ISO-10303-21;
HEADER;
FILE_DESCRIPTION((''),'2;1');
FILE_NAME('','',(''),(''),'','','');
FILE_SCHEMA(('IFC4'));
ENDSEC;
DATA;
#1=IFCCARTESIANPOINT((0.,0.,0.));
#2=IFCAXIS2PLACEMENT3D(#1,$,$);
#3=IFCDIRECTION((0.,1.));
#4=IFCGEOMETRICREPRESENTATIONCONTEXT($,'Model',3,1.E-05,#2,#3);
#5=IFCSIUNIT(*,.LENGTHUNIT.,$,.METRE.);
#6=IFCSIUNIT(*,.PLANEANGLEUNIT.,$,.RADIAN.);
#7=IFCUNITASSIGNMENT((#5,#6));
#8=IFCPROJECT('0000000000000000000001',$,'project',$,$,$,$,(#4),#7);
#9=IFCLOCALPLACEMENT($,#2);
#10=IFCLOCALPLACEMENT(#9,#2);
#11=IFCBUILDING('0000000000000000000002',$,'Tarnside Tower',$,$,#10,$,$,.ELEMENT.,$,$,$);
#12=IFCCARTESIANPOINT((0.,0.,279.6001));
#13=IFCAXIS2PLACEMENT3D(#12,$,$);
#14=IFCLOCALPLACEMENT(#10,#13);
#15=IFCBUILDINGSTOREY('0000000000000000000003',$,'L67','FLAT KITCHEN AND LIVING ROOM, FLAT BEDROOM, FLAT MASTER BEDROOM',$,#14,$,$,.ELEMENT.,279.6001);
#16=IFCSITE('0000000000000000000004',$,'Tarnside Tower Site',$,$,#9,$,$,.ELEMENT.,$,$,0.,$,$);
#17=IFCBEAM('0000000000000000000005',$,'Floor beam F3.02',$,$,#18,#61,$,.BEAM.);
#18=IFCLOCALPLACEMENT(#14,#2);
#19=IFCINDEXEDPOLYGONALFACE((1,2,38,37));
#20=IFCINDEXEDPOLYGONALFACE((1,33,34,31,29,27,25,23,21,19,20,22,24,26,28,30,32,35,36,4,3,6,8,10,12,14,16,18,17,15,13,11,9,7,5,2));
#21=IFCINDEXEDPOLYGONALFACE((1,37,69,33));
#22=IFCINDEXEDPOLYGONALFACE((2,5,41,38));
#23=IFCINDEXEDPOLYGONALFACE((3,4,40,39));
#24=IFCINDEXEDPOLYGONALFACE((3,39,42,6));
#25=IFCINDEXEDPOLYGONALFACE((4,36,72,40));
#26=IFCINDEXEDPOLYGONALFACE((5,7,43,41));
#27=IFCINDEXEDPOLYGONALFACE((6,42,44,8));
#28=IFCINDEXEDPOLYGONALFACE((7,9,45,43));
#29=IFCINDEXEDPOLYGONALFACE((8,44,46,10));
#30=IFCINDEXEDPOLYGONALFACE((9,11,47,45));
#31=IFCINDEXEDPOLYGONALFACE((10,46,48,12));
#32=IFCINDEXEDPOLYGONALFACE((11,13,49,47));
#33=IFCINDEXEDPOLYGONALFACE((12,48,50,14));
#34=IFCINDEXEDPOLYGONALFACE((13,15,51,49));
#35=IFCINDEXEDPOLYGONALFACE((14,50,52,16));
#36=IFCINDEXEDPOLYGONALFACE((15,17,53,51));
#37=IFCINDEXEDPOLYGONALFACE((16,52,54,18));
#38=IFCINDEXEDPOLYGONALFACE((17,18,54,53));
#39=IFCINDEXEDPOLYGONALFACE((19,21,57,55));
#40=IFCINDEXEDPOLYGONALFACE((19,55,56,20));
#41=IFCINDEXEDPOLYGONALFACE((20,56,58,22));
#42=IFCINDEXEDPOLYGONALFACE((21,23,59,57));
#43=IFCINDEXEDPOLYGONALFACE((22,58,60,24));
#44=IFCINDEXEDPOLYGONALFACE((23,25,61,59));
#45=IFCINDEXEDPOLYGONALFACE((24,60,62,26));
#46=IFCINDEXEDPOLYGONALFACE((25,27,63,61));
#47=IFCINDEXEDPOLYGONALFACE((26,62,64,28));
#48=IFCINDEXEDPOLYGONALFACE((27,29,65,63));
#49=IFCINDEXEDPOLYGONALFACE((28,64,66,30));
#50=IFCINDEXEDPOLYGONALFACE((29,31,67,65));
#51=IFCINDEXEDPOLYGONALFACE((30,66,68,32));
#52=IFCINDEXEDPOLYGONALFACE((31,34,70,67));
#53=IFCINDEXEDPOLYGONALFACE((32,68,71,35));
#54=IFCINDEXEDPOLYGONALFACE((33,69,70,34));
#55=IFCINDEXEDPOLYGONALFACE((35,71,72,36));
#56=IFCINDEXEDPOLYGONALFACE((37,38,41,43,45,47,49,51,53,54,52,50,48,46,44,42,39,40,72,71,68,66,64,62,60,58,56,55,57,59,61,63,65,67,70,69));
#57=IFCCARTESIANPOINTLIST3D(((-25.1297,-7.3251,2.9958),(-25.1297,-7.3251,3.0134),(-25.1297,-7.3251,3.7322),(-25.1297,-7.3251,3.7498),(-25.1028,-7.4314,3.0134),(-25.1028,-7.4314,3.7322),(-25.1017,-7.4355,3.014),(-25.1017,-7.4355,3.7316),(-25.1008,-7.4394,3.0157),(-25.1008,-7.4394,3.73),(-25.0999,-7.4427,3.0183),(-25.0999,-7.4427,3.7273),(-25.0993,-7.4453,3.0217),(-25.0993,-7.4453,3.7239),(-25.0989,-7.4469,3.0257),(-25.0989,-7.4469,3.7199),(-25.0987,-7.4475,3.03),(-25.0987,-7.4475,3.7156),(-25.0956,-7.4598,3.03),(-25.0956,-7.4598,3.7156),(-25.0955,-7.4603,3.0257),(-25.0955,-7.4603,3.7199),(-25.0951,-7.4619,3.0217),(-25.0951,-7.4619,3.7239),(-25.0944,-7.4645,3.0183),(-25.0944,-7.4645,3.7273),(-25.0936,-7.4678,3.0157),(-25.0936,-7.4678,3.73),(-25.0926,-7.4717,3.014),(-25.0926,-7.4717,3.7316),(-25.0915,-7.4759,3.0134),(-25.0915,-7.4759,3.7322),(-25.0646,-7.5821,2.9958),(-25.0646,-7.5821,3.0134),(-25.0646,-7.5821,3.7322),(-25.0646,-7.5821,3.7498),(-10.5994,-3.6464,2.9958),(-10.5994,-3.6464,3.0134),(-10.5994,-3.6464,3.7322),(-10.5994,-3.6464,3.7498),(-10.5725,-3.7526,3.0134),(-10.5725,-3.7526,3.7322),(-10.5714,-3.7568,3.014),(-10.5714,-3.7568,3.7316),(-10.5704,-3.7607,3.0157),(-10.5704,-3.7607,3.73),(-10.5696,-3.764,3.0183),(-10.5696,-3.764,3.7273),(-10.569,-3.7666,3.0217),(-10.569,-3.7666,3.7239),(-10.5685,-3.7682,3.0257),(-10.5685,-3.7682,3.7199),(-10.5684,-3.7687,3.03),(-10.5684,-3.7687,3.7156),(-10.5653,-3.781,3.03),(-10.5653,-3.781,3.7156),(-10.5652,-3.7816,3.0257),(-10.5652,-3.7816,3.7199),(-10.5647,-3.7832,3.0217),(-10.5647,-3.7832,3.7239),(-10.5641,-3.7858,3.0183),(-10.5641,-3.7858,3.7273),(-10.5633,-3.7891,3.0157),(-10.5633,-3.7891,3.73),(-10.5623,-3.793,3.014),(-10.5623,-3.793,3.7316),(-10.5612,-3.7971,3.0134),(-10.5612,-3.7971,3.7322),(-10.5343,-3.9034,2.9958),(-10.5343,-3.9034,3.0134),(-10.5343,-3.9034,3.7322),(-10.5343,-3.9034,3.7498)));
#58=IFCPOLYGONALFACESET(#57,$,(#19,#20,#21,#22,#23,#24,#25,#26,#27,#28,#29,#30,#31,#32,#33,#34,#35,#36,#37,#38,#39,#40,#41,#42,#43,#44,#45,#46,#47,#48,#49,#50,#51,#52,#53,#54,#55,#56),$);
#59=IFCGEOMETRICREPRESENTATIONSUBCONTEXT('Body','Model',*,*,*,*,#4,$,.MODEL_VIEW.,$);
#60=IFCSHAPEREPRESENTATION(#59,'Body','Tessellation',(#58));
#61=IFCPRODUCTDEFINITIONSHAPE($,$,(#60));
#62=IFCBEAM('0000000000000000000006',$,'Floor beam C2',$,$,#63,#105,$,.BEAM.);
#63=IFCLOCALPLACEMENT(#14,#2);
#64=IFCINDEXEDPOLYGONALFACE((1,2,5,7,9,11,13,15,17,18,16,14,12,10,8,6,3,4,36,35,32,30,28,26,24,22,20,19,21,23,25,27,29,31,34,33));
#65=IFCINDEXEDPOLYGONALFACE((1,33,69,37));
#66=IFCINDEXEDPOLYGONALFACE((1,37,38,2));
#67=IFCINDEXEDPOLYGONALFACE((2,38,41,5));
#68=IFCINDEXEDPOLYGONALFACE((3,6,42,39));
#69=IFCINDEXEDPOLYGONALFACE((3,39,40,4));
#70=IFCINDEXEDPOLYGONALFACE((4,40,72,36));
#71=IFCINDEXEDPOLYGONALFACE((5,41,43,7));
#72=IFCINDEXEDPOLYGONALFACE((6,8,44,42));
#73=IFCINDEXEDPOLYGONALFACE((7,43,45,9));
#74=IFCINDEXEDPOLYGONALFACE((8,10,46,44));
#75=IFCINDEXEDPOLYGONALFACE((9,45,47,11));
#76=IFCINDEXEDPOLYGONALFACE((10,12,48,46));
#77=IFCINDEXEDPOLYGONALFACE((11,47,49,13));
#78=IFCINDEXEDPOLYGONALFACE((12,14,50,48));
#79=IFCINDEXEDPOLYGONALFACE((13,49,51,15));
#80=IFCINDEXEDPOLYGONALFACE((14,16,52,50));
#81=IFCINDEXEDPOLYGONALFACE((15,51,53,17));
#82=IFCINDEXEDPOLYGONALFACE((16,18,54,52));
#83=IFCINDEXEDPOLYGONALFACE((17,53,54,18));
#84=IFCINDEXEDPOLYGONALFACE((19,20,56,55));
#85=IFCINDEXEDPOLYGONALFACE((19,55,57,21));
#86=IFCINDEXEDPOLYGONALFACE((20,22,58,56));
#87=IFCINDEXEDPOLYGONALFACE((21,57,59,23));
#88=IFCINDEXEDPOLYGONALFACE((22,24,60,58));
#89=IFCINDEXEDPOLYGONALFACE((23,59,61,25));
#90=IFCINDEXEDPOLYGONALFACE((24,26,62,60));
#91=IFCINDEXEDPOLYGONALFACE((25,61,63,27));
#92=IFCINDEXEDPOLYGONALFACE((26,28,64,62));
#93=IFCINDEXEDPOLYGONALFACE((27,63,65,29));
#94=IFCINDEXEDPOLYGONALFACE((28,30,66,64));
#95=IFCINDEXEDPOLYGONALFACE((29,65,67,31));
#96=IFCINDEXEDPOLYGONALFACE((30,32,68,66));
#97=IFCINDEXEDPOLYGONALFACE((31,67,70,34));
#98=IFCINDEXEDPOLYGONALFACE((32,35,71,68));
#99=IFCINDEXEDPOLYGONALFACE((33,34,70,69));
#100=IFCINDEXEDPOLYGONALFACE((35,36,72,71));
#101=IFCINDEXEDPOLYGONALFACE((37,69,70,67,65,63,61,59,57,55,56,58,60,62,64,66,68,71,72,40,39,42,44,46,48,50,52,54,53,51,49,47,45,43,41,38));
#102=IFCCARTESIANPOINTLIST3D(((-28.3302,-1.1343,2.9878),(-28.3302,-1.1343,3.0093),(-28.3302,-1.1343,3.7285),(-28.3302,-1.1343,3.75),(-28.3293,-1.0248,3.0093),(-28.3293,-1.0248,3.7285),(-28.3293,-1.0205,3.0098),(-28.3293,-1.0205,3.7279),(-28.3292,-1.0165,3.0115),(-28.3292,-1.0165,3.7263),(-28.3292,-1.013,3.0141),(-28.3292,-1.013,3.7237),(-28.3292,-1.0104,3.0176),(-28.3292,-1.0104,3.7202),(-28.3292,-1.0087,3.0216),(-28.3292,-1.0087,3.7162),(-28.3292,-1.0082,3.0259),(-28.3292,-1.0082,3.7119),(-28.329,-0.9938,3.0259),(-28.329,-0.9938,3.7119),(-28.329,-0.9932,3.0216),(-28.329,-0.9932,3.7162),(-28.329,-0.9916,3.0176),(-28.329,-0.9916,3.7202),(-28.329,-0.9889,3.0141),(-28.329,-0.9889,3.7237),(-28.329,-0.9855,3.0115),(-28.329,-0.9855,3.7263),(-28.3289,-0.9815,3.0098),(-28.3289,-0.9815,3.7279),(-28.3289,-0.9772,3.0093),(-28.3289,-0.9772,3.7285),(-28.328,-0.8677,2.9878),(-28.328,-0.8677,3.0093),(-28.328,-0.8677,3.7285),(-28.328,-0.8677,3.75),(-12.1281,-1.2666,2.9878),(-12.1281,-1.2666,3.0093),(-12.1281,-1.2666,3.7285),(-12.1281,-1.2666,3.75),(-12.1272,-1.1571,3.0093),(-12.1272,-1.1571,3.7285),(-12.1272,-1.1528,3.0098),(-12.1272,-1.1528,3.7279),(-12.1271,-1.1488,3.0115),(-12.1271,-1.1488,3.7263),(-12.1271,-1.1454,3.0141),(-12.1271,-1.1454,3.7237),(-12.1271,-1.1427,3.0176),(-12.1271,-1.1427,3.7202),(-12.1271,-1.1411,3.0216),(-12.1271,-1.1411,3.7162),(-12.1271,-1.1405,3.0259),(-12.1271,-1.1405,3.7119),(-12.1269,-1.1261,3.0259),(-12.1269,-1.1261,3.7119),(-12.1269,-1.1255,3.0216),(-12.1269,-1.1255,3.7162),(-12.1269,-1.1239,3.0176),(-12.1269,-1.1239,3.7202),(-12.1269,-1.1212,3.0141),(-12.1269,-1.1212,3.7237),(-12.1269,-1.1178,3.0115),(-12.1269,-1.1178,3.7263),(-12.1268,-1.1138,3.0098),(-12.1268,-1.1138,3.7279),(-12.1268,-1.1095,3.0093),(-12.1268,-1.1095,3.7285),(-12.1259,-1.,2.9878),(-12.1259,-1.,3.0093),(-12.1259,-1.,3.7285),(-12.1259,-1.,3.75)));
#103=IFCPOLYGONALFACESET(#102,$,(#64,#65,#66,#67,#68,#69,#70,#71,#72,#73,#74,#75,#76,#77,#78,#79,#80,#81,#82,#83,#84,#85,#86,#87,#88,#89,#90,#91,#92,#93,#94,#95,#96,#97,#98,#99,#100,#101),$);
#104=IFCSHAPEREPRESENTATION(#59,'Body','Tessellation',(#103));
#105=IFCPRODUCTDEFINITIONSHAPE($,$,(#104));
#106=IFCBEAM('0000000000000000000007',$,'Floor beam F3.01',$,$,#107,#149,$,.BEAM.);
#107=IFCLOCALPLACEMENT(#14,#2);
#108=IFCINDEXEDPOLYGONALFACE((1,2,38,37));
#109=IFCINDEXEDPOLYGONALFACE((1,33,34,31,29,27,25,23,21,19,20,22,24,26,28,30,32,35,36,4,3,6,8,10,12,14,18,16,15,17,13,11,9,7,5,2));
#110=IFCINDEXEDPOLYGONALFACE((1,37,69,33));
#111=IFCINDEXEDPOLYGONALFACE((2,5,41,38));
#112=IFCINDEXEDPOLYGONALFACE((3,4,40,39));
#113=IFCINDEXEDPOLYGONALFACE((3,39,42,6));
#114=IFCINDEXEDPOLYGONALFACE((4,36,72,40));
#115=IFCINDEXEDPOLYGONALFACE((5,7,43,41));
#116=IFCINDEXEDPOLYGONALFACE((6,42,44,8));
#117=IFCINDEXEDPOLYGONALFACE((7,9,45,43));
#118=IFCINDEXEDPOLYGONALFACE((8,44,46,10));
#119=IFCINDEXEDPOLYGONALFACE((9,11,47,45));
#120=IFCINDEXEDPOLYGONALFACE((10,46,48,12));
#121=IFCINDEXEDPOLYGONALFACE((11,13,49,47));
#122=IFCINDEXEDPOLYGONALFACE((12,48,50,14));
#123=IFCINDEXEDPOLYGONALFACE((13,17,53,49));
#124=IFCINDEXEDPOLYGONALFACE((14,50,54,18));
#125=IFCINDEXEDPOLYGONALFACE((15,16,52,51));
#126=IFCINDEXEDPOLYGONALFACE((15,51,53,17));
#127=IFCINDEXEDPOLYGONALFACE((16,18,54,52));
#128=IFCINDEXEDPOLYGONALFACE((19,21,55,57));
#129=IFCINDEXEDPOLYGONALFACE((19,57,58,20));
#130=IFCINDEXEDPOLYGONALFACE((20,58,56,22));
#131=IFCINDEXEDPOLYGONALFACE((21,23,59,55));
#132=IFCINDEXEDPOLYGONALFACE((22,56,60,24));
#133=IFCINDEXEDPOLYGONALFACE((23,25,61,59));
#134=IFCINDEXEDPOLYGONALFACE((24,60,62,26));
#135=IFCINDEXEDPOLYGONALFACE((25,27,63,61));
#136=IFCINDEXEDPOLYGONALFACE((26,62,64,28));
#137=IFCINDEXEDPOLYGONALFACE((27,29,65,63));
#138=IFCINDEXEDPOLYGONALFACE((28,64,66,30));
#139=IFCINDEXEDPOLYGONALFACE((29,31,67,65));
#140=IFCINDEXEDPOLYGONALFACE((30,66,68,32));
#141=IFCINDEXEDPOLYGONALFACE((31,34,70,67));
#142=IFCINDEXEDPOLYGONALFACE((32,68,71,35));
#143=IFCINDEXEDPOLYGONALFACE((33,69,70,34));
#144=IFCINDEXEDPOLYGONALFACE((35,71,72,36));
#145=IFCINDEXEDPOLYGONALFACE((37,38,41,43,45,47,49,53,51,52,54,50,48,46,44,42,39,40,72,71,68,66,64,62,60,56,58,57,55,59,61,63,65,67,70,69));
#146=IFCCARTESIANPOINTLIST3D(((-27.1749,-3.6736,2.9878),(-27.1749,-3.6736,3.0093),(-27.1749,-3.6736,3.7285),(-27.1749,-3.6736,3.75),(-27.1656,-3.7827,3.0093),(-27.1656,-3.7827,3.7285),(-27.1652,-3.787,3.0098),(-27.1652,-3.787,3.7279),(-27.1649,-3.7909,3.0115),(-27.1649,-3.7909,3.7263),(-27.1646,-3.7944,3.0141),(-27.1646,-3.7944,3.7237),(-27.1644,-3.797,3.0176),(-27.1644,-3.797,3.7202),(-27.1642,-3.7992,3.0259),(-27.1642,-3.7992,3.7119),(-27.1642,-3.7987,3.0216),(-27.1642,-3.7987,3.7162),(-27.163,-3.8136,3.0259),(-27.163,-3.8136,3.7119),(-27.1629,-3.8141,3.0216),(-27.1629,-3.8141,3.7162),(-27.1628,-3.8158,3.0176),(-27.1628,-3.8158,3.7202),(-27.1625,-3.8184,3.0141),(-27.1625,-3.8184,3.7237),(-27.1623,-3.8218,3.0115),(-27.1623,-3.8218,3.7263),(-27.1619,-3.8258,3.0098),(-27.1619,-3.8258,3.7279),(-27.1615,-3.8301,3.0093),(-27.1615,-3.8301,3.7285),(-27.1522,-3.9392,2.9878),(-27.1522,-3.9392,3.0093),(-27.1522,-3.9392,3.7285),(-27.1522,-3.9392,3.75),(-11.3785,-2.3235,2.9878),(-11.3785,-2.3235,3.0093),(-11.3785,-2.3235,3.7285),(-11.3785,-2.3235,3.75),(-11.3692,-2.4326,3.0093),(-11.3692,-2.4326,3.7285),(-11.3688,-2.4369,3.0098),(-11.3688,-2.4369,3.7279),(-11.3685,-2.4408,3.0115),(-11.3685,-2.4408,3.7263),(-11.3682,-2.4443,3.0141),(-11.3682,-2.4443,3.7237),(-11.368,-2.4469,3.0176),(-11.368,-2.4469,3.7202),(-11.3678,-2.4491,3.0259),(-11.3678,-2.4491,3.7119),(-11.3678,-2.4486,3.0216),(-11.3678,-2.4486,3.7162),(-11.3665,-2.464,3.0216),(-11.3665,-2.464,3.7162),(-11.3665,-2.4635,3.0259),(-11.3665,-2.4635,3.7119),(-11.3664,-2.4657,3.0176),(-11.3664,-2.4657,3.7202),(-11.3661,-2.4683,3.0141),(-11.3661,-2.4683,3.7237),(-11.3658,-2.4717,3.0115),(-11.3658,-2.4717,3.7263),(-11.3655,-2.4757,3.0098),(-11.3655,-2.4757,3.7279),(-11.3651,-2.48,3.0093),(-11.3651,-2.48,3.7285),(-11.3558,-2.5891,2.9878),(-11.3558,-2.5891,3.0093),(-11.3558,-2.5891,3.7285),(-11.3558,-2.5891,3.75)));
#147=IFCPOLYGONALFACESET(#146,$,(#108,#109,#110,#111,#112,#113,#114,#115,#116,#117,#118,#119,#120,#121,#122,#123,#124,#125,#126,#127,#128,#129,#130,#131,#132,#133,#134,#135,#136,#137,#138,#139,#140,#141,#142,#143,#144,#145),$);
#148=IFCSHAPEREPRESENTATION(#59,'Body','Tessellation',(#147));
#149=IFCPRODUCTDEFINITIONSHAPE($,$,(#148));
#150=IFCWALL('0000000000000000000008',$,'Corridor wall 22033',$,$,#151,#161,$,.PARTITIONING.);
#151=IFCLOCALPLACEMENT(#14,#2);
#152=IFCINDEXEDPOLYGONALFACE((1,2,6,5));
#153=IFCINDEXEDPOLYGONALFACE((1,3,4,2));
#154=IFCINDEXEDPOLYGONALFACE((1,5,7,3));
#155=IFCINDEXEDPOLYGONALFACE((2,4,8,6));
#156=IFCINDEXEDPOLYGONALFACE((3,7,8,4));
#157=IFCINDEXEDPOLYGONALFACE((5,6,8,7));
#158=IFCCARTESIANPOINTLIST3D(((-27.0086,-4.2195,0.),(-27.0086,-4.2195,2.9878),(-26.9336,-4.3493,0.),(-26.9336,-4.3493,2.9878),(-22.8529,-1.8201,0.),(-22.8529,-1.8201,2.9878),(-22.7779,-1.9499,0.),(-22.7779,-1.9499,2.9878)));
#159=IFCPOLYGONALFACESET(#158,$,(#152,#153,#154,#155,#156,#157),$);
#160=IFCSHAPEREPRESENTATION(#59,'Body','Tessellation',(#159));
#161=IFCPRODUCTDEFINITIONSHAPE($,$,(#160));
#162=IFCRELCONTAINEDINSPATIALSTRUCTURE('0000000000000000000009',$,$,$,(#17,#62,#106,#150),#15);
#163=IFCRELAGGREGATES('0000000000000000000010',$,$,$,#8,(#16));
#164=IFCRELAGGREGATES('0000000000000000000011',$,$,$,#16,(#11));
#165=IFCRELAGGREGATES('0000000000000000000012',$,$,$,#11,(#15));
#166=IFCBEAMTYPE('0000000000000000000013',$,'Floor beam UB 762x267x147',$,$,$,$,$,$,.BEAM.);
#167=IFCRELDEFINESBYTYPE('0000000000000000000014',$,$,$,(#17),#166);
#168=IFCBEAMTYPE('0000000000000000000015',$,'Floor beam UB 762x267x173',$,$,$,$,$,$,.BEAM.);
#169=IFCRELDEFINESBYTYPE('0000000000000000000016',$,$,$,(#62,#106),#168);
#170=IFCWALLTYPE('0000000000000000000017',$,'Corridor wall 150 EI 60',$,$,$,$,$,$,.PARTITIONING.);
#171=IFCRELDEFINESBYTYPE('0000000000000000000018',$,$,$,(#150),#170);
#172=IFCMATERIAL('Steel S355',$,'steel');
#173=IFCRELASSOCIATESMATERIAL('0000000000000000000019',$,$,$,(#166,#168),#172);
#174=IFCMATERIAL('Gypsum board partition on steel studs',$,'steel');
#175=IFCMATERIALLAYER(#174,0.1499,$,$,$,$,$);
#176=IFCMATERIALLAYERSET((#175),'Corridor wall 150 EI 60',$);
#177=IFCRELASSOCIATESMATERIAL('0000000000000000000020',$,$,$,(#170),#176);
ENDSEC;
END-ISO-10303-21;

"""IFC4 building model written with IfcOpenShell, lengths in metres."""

from ifc_helpers import new_model, si_unit, direction, frame, frame_2d, origin, origin_2d, place, context, subcontext, project, spatial, rectangle, i_section, extrude, material, layer, layer_set, material_profile, profile_set, type_object, element, save


model = new_model("IFC4")

# Units and contexts
model_context = context("Model", 3, precision=1e-05, world=origin(), true_north=direction((0.0, 1.0)))
body_context = subcontext(model_context, "Body", "Model", "MODEL_VIEW")
ifc_project = project(units=[si_unit("LENGTHUNIT", "METRE"), si_unit("PLANEANGLEUNIT", "RADIAN")], contexts=[model_context])

# Site, building, storey
site_placement = place(None, origin())
site = spatial("IfcSite", under=ifc_project, at=site_placement, Name="Tarnside Tower Site", CompositionType="ELEMENT", RefElevation=0.0)
building_placement = place(site_placement, origin())
building = spatial("IfcBuilding", under=site, at=building_placement, Name="Tarnside Tower", CompositionType="ELEMENT")
storey_placement = place(building_placement, frame((0.0, 0.0, 279.6001)))
storey = spatial("IfcBuildingStorey", under=building, at=storey_placement, Name="L67", Description="FLAT KITCHEN AND LIVING ROOM, FLAT BEDROOM, FLAT MASTER BEDROOM", CompositionType="ELEMENT", Elevation=279.6001)

# Beams
ifc_material_1 = material(Name="Steel S355", Category="steel")
ifc_material_profile_1 = material_profile(ifc_material_1, i_section(OverallWidth=0.2651, OverallDepth=0.7539, WebThickness=0.0127, FlangeThickness=0.0176, FilletRadius=0.0166, at=origin_2d()), Name="UB 762x267x147")
ifc_profile_set_1 = profile_set([ifc_material_profile_1], Name="Steel S355")
beam_type_1 = type_object("IfcBeamType", Name="Floor beam UB 762x267x147", PredefinedType="BEAM", material=ifc_profile_set_1)
beam_1_placement = place(storey_placement, frame((-25.0972, -7.4536, 3.3728), z_axis=(0.969414, 0.245432, 0.0), x_axis=(-0.245432, 0.969414, 0.0)))
element("IfcBeam", 1, at=beam_1_placement, inside=storey, type_object=beam_type_1, Name="Floor beam F3.02", PredefinedType="BEAM", context=body_context, shape_type="SweptSolid", body=[
    extrude(i_section(OverallWidth=0.2651, OverallDepth=0.7539, WebThickness=0.0127, FlangeThickness=0.0176, FilletRadius=0.0166, at=origin_2d()), origin(), (0.0, 0.0, 1.0), 14.9888),
])
ifc_material_profile_2 = material_profile(ifc_material_1, i_section(OverallWidth=0.2666, OverallDepth=0.7622, WebThickness=0.0144, FlangeThickness=0.0215, FilletRadius=0.0166, at=origin_2d()), Name="UB 762x267x173")
ifc_profile_set_2 = profile_set([ifc_material_profile_2], Name="Steel S355")
beam_type_2 = type_object("IfcBeamType", Name="Floor beam UB 762x267x173", PredefinedType="BEAM", material=ifc_profile_set_2)
beam_2_placement = place(storey_placement, frame((-28.3291, -1.001, 3.3689), z_axis=(0.999967, -0.008167, 0.0), x_axis=(0.008167, 0.999967, 0.0)))
element("IfcBeam", 2, at=beam_2_placement, inside=storey, type_object=beam_type_2, Name="Floor beam C2", PredefinedType="BEAM", context=body_context, shape_type="SweptSolid", body=[
    extrude(i_section(OverallWidth=0.2666, OverallDepth=0.7622, WebThickness=0.0144, FlangeThickness=0.0215, FilletRadius=0.0166, at=origin_2d()), origin(), (0.0, 0.0, 1.0), 16.2026),
])
beam_3_placement = place(storey_placement, frame((-27.1636, -3.8064, 3.3689), z_axis=(0.996367, 0.085158, 0.0), x_axis=(-0.085158, 0.996367, 0.0)))
element("IfcBeam", 3, at=beam_3_placement, inside=storey, type_object=beam_type_2, Name="Floor beam F3.01", PredefinedType="BEAM", context=body_context, shape_type="SweptSolid", body=[
    extrude(i_section(OverallWidth=0.2666, OverallDepth=0.7622, WebThickness=0.0144, FlangeThickness=0.0215, FilletRadius=0.0166, at=origin_2d()), origin(), (0.0, 0.0, 1.0), 15.854),
])

# Wall
ifc_material_2 = material(Name="Gypsum board partition on steel studs", Category="steel")
ifc_layer_1 = layer(ifc_material_2, 0.1499)
ifc_layer_set_1 = layer_set([ifc_layer_1], Name="Corridor wall 150 EI 60")
wall_type_1 = type_object("IfcWallType", Name="Corridor wall 150 EI 60", PredefinedType="PARTITIONING", material=ifc_layer_set_1)
wall_1_placement = place(storey_placement, frame((-26.9712, -4.2844, 0.0), z_axis=(0.0, 0.0, 1.0), x_axis=(0.866018, 0.500013, 0.0)))
element("IfcWall", 4, at=wall_1_placement, inside=storey, type_object=wall_type_1, Name="Corridor wall 22033", PredefinedType="PARTITIONING", context=body_context, shape_type="SweptSolid", body=[
    extrude(rectangle(XDim=4.7986, YDim=0.1499, at=frame_2d((2.3994, 0.0))), origin(), (0.0, 0.0, 1.0), 2.9878),
])

save(model, "model.ifc")
